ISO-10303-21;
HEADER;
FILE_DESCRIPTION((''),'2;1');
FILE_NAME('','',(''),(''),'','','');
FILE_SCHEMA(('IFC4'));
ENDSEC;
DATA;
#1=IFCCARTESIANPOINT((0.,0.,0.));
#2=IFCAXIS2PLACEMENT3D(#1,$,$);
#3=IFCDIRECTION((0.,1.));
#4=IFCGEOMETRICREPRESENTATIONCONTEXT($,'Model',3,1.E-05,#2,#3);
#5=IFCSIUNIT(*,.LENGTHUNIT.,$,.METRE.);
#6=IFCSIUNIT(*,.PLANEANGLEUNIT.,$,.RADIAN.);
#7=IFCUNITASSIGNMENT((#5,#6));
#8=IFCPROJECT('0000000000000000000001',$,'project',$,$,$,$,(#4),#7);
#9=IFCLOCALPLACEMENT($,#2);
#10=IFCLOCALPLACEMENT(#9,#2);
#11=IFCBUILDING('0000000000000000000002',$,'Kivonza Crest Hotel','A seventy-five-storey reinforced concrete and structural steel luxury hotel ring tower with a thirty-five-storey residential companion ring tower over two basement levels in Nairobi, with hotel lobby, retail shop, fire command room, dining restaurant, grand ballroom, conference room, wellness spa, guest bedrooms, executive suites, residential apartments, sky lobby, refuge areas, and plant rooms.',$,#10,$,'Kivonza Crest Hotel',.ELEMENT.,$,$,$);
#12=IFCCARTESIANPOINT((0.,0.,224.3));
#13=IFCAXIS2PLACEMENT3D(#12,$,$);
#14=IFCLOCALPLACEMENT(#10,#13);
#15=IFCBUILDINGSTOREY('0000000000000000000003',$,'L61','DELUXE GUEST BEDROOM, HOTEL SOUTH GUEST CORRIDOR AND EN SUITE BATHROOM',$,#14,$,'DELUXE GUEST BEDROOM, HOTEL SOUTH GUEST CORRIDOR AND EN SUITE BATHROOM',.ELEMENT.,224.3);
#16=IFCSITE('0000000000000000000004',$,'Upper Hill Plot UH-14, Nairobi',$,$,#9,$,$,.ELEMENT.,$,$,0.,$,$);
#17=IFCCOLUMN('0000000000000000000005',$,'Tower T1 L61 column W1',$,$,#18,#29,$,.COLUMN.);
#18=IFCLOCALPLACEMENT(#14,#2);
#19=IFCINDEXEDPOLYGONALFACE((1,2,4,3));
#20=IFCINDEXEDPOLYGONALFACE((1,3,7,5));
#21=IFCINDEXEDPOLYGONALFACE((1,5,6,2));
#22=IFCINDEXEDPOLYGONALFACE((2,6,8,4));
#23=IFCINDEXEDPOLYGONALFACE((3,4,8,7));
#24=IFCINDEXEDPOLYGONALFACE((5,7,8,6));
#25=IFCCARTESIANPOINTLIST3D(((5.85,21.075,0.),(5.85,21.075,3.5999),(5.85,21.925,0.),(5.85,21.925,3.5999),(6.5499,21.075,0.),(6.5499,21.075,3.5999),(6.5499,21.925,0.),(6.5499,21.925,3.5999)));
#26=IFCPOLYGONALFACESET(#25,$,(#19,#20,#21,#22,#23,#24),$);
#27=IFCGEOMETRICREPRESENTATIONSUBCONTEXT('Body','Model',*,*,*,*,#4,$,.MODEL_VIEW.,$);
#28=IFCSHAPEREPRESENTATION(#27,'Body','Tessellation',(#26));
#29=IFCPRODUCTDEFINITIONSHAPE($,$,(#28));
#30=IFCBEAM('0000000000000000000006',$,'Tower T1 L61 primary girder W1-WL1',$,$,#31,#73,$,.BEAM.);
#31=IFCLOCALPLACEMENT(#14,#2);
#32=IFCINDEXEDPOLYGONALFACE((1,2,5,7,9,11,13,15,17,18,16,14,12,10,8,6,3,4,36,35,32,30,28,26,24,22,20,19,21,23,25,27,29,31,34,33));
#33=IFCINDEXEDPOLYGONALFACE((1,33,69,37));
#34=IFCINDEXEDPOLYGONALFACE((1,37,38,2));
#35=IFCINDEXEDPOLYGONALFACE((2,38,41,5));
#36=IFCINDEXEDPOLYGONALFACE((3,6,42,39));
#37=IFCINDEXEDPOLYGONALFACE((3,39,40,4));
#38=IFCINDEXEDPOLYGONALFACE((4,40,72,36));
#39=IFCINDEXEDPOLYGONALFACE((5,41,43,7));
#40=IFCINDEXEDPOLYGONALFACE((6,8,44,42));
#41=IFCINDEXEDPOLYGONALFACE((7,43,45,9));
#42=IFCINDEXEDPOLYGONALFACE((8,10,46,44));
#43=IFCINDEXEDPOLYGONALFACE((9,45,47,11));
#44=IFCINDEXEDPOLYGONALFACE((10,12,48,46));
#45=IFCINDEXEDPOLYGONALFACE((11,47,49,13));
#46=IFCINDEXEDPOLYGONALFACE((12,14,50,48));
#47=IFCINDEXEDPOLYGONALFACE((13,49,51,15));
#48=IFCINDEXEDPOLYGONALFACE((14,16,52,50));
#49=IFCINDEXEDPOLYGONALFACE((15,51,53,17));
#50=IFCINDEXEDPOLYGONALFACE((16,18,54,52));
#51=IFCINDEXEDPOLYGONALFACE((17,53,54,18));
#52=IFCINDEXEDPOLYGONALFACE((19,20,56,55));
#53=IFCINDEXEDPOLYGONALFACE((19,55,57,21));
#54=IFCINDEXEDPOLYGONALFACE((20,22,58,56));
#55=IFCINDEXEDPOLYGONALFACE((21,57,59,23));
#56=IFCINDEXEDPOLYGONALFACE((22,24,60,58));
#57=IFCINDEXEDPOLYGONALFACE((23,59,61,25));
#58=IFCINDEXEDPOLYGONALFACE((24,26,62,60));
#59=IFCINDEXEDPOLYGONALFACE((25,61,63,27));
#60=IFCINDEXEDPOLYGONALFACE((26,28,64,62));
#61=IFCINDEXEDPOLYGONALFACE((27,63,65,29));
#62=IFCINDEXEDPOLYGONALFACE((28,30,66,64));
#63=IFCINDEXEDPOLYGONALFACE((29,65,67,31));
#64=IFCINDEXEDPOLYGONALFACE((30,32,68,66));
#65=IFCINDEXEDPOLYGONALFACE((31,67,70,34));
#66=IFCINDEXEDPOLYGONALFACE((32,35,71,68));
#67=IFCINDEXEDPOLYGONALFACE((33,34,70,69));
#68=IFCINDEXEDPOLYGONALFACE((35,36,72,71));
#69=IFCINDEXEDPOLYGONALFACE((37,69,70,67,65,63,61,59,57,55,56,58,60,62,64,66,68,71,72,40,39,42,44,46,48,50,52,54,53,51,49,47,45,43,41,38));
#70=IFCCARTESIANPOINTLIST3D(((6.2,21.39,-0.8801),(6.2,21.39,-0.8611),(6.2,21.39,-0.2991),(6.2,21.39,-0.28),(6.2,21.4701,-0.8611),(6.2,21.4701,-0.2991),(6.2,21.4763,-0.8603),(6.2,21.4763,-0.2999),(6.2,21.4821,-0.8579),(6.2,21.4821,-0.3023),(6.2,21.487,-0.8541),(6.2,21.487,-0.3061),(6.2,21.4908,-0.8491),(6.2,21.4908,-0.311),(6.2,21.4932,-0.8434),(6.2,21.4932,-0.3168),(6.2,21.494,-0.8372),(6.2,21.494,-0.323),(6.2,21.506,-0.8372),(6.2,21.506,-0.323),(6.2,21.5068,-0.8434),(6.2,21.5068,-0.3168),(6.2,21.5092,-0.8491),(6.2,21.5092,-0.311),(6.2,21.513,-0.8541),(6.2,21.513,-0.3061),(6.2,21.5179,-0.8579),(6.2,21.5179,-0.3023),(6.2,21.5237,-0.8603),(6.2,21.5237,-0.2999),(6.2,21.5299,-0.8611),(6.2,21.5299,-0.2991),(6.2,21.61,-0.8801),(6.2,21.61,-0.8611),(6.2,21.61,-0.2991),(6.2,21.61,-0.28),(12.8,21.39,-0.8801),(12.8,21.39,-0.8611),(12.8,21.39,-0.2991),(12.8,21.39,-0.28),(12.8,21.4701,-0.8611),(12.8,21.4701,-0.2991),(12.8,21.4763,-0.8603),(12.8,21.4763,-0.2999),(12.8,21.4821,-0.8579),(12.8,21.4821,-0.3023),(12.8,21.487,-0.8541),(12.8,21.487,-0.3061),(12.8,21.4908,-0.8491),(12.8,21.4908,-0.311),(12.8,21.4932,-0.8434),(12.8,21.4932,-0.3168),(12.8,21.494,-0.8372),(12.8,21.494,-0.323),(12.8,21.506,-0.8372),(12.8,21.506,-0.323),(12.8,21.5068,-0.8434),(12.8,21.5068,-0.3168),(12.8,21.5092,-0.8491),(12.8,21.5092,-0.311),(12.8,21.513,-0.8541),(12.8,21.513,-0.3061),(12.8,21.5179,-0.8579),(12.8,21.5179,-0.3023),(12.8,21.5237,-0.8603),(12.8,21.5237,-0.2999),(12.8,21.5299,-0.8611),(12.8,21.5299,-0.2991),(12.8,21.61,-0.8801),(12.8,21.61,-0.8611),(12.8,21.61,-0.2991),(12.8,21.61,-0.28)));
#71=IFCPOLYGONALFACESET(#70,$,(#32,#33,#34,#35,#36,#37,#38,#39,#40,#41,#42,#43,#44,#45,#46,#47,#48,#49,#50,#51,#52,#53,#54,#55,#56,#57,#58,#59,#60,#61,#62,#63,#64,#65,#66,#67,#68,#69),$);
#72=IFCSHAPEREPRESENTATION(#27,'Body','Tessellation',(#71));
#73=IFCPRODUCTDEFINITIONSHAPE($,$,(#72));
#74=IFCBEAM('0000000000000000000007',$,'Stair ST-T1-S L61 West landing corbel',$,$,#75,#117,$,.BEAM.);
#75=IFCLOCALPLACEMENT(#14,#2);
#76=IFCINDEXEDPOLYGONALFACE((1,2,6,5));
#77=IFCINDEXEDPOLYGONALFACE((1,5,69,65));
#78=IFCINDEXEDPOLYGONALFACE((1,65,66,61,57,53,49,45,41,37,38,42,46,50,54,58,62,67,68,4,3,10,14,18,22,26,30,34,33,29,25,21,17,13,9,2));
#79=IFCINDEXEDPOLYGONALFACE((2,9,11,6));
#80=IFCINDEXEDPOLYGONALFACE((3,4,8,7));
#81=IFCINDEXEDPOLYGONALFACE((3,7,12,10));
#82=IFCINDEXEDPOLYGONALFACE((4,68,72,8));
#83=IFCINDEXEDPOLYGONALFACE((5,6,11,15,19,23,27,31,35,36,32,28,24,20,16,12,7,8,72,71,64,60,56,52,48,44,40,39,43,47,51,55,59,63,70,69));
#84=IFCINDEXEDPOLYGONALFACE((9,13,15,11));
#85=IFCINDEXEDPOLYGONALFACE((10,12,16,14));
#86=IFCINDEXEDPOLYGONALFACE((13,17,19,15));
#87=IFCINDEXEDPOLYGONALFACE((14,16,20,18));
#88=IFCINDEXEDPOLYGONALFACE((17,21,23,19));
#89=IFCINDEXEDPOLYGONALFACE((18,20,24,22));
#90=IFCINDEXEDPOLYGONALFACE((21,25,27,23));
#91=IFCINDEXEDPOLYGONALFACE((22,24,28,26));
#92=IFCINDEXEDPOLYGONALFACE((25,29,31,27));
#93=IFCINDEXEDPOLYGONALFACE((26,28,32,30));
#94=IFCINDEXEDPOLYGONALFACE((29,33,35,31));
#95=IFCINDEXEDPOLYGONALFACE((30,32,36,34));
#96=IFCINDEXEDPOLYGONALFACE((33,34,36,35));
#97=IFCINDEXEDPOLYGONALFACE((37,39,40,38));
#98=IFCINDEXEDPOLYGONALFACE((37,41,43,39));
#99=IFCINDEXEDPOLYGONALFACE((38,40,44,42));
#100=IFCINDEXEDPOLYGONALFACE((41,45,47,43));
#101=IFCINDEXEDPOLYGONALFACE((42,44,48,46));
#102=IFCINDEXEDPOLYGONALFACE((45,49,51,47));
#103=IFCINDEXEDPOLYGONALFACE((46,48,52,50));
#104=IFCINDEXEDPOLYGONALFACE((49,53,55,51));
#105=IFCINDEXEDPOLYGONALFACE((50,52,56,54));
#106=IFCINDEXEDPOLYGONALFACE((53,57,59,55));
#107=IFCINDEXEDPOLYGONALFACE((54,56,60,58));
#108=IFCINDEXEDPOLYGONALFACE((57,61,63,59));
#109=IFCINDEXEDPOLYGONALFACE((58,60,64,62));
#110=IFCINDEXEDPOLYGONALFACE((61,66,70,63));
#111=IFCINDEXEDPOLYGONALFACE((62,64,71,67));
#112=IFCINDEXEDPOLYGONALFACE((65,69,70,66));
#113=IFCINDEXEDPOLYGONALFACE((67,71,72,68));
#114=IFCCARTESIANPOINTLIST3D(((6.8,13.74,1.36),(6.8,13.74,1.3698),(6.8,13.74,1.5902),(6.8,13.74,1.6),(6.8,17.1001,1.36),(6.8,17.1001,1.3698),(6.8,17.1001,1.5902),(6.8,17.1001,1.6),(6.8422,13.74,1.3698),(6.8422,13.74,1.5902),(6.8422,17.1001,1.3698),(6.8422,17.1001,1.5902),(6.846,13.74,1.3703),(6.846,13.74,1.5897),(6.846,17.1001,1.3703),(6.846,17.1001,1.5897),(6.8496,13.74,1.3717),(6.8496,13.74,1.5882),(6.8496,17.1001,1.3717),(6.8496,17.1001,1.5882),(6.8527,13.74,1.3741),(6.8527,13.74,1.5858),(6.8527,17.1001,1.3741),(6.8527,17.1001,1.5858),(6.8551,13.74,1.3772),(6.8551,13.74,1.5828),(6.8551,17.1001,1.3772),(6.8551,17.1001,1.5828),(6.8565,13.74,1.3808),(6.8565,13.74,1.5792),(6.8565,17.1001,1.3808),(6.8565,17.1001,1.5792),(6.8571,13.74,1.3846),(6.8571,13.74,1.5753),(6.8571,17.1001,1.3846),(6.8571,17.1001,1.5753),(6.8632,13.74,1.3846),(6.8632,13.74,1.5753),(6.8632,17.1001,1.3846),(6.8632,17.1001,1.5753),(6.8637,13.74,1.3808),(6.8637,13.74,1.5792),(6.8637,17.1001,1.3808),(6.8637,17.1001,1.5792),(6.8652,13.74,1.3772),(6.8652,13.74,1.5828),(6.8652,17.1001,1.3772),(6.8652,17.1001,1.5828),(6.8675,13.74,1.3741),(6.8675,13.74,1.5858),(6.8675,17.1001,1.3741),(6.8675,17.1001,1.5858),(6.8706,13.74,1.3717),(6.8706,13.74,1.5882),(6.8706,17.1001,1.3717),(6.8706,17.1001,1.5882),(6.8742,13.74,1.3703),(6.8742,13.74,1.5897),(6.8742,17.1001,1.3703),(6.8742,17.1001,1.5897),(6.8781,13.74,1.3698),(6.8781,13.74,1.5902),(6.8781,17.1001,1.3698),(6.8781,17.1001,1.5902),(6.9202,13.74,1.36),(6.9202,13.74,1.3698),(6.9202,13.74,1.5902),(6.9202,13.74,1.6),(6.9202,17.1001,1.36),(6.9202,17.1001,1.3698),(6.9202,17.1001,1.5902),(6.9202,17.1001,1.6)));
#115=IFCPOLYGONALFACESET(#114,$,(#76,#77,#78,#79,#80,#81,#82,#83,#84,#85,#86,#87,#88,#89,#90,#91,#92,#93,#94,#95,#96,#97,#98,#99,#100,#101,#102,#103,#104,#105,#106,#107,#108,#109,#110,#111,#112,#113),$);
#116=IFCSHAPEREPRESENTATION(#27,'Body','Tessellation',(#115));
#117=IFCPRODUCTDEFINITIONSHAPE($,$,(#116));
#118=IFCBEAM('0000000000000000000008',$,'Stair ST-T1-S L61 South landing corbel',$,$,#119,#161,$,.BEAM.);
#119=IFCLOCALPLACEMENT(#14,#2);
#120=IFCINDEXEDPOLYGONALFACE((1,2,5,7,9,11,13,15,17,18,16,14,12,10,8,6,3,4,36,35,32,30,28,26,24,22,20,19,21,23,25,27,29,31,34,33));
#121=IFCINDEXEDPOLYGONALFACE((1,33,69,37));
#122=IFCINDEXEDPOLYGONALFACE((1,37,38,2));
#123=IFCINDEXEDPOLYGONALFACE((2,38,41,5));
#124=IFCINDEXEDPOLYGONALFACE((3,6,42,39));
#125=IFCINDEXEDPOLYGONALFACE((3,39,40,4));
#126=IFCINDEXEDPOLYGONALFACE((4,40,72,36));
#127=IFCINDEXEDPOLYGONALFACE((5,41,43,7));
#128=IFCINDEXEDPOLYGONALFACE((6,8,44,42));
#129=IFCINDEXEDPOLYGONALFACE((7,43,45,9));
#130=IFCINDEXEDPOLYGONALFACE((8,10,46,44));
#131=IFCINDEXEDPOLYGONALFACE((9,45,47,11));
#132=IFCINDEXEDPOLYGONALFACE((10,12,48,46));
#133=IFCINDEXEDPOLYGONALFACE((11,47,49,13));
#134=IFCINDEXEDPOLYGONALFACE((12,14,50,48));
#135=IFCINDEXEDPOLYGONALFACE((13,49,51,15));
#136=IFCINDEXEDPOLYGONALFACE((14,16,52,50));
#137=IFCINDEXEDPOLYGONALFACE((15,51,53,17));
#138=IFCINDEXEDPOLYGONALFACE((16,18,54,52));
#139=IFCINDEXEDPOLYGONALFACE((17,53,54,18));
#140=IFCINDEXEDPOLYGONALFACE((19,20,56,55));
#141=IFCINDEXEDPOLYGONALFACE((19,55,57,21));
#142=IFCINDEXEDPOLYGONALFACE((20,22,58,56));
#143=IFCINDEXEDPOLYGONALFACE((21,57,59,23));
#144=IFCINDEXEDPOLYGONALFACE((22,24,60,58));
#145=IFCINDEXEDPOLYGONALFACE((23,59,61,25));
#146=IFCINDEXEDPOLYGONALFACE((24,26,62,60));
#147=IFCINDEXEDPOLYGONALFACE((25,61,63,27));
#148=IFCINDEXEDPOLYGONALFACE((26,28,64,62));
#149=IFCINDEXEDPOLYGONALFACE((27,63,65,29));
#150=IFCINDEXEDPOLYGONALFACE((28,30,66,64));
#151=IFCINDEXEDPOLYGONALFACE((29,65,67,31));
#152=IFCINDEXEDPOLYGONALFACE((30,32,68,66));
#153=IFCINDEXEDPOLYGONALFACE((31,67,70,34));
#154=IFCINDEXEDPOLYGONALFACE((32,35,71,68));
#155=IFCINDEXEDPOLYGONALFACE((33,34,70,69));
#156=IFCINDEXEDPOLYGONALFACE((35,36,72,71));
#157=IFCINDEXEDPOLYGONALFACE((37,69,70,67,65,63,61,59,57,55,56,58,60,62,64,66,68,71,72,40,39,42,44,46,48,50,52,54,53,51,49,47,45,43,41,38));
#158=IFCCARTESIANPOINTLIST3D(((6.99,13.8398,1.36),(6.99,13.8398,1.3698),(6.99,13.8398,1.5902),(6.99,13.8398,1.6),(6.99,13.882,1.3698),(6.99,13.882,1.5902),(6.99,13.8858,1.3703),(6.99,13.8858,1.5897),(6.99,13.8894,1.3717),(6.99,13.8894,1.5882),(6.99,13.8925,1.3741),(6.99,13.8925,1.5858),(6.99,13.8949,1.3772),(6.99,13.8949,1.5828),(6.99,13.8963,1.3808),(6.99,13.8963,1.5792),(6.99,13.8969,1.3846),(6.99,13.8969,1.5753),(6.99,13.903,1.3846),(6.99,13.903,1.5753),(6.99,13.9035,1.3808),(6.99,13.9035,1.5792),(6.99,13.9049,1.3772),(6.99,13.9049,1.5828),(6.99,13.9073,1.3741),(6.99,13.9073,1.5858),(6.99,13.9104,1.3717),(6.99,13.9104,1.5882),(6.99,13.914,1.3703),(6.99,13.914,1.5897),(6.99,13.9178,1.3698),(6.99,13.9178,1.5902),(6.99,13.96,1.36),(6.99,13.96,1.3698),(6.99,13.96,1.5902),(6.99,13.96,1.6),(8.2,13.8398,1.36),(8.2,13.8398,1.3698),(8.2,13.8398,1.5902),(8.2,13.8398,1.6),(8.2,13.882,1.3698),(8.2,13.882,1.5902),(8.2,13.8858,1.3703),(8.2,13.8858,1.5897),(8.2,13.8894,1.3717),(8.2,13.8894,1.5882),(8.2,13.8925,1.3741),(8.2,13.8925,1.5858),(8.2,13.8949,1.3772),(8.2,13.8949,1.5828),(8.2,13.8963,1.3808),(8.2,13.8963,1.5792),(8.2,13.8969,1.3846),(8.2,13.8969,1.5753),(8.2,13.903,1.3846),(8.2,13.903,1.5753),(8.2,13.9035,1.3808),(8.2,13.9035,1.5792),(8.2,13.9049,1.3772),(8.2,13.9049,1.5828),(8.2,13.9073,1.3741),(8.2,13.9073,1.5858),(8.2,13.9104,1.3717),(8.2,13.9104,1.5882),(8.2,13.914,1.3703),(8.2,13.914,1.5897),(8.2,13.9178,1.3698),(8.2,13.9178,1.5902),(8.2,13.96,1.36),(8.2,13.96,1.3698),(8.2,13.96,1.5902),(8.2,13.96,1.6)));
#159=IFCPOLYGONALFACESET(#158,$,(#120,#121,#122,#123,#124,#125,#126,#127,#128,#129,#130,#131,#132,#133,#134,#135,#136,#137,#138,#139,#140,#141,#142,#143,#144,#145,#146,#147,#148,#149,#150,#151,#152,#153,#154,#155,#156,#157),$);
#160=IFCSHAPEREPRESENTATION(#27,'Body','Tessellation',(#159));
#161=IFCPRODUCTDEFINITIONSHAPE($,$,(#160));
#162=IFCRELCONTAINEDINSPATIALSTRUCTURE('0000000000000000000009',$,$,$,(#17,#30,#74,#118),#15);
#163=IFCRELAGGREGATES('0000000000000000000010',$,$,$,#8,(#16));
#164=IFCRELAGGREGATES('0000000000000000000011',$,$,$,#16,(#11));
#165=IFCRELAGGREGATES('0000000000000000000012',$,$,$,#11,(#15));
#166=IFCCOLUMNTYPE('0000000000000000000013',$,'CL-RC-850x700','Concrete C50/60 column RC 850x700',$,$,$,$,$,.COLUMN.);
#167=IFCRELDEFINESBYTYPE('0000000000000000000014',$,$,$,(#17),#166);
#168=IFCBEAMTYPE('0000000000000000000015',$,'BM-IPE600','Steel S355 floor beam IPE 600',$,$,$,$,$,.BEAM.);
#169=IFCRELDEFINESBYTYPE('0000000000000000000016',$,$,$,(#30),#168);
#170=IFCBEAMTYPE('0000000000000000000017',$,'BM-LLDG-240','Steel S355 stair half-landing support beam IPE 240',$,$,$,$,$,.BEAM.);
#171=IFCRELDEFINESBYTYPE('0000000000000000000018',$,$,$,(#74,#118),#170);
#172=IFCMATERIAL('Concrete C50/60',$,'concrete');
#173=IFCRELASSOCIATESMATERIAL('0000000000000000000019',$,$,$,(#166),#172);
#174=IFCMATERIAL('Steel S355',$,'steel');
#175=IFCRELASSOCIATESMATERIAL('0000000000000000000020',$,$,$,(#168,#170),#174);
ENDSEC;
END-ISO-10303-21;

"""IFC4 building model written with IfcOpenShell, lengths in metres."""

from ifc_helpers import new_model, si_unit, direction, frame, origin, origin_2d, place, context, subcontext, project, spatial, rectangle, i_section, extrude, material, material_profile, profile_set, type_object, element, save


model = new_model("IFC4")

# Units and contexts
model_context = context("Model", 3, precision=1e-05, world=origin(), true_north=direction((0.0, 1.0)))
body_context = subcontext(model_context, "Body", "Model", "MODEL_VIEW")
ifc_project = project(units=[si_unit("LENGTHUNIT", "METRE"), si_unit("PLANEANGLEUNIT", "RADIAN")], contexts=[model_context])

# Site, building, storey
site_placement = place(None, origin())
site = spatial("IfcSite", under=ifc_project, at=site_placement, Name="Upper Hill Plot UH-14, Nairobi", CompositionType="ELEMENT", RefElevation=0.0)
building_placement = place(site_placement, origin())
building = spatial("IfcBuilding", under=site, at=building_placement, Name="Kivonza Crest Hotel", Description="A seventy-five-storey reinforced concrete and structural steel luxury hotel ring tower with a thirty-five-storey residential companion ring tower over two basement levels in Nairobi, with hotel lobby, retail shop, fire command room, dining restaurant, grand ballroom, conference room, wellness spa, guest bedrooms, executive suites, residential apartments, sky lobby, refuge areas, and plant rooms.", LongName="Kivonza Crest Hotel", CompositionType="ELEMENT")
storey_placement = place(building_placement, frame((0.0, 0.0, 224.3)))
storey = spatial("IfcBuildingStorey", under=building, at=storey_placement, Name="L61", Description="DELUXE GUEST BEDROOM, HOTEL SOUTH GUEST CORRIDOR AND EN SUITE BATHROOM", LongName="DELUXE GUEST BEDROOM, HOTEL SOUTH GUEST CORRIDOR AND EN SUITE BATHROOM", CompositionType="ELEMENT", Elevation=224.3)

# Column
ifc_material_1 = material(Name="Concrete C50/60", Category="concrete")
ifc_material_profile_1 = material_profile(ifc_material_1, rectangle(XDim=0.7, YDim=0.8501, at=origin_2d()), Name="RC 850x700")
ifc_profile_set_1 = profile_set([ifc_material_profile_1], Name="Concrete C50/60")
column_type = type_object("IfcColumnType", Name="CL-RC-850x700", Description="Concrete C50/60 column RC 850x700", PredefinedType="COLUMN", material=ifc_profile_set_1)
column_placement = place(storey_placement, frame((6.2, 21.5, 0.0), z_axis=(0.0, 0.0, 1.0), x_axis=(1.0, 0.0, 0.0)))
element("IfcColumn", 1, at=column_placement, inside=storey, type_object=column_type, Name="Tower T1 L61 column W1", PredefinedType="COLUMN", context=body_context, shape_type="SweptSolid", body=[
    extrude(rectangle(XDim=0.7, YDim=0.8501, at=origin_2d()), origin(), (0.0, 0.0, 1.0), 3.5999),
])

# Beams
ifc_material_2 = material(Name="Steel S355", Category="steel")
ifc_material_profile_2 = material_profile(ifc_material_2, i_section(OverallWidth=0.22, OverallDepth=0.6001, WebThickness=0.012, FlangeThickness=0.019, FilletRadius=0.0239, at=origin_2d()), Name="IPE 600")
ifc_profile_set_2 = profile_set([ifc_material_profile_2], Name="Steel S355")
beam_type_1 = type_object("IfcBeamType", Name="BM-IPE600", Description="Steel S355 floor beam IPE 600", PredefinedType="BEAM", material=ifc_profile_set_2)
beam_1_placement = place(storey_placement, frame((6.2, 21.5, -0.5801), z_axis=(1.0, 0.0, 0.0), x_axis=(0.0, 1.0, 0.0)))
element("IfcBeam", 2, at=beam_1_placement, inside=storey, type_object=beam_type_1, Name="Tower T1 L61 primary girder W1-WL1", PredefinedType="BEAM", context=body_context, shape_type="SweptSolid", body=[
    extrude(i_section(OverallWidth=0.22, OverallDepth=0.6001, WebThickness=0.012, FlangeThickness=0.019, FilletRadius=0.0239, at=origin_2d()), origin(), (0.0, 0.0, 1.0), 6.6001),
])
ifc_material_profile_3 = material_profile(ifc_material_2, i_section(OverallWidth=0.1201, OverallDepth=0.24, WebThickness=0.0061, FlangeThickness=0.0098, FilletRadius=0.0149, at=origin_2d()), Name="IPE 240")
ifc_profile_set_3 = profile_set([ifc_material_profile_3], Name="Steel S355")
beam_type_2 = type_object("IfcBeamType", Name="BM-LLDG-240", Description="Steel S355 stair half-landing support beam IPE 240", PredefinedType="BEAM", material=ifc_profile_set_3)
beam_2_placement = place(storey_placement, frame((6.8601, 13.74, 1.48), z_axis=(0.0, 1.0, 0.0), x_axis=(-1.0, 0.0, 0.0)))
element("IfcBeam", 3, at=beam_2_placement, inside=storey, type_object=beam_type_2, Name="Stair ST-T1-S L61 West landing corbel", PredefinedType="BEAM", context=body_context, shape_type="SweptSolid", body=[
    extrude(i_section(OverallWidth=0.1201, OverallDepth=0.24, WebThickness=0.0061, FlangeThickness=0.0098, FilletRadius=0.0149, at=origin_2d()), origin(), (0.0, 0.0, 1.0), 3.3601),
])
for number, where, z_axis, x_axis, name in (
    (4, (6.99, 13.8999, 1.48), (1.0, 0.0, 0.0), (0.0, 1.0, 0.0), "Stair ST-T1-S L61 South landing corbel"),
):
    element("IfcBeam", number, at=place(storey_placement, frame(where, z_axis=z_axis, x_axis=x_axis)), inside=storey, type_object=beam_type_2, Name=name, PredefinedType="BEAM", context=body_context, shape_type="SweptSolid", body=[
        extrude(i_section(OverallWidth=0.1201, OverallDepth=0.24, WebThickness=0.0061, FlangeThickness=0.0098, FilletRadius=0.0149, at=origin_2d()), origin(), (0.0, 0.0, 1.0), 1.21),
    ])

save(model, "model.ifc")
